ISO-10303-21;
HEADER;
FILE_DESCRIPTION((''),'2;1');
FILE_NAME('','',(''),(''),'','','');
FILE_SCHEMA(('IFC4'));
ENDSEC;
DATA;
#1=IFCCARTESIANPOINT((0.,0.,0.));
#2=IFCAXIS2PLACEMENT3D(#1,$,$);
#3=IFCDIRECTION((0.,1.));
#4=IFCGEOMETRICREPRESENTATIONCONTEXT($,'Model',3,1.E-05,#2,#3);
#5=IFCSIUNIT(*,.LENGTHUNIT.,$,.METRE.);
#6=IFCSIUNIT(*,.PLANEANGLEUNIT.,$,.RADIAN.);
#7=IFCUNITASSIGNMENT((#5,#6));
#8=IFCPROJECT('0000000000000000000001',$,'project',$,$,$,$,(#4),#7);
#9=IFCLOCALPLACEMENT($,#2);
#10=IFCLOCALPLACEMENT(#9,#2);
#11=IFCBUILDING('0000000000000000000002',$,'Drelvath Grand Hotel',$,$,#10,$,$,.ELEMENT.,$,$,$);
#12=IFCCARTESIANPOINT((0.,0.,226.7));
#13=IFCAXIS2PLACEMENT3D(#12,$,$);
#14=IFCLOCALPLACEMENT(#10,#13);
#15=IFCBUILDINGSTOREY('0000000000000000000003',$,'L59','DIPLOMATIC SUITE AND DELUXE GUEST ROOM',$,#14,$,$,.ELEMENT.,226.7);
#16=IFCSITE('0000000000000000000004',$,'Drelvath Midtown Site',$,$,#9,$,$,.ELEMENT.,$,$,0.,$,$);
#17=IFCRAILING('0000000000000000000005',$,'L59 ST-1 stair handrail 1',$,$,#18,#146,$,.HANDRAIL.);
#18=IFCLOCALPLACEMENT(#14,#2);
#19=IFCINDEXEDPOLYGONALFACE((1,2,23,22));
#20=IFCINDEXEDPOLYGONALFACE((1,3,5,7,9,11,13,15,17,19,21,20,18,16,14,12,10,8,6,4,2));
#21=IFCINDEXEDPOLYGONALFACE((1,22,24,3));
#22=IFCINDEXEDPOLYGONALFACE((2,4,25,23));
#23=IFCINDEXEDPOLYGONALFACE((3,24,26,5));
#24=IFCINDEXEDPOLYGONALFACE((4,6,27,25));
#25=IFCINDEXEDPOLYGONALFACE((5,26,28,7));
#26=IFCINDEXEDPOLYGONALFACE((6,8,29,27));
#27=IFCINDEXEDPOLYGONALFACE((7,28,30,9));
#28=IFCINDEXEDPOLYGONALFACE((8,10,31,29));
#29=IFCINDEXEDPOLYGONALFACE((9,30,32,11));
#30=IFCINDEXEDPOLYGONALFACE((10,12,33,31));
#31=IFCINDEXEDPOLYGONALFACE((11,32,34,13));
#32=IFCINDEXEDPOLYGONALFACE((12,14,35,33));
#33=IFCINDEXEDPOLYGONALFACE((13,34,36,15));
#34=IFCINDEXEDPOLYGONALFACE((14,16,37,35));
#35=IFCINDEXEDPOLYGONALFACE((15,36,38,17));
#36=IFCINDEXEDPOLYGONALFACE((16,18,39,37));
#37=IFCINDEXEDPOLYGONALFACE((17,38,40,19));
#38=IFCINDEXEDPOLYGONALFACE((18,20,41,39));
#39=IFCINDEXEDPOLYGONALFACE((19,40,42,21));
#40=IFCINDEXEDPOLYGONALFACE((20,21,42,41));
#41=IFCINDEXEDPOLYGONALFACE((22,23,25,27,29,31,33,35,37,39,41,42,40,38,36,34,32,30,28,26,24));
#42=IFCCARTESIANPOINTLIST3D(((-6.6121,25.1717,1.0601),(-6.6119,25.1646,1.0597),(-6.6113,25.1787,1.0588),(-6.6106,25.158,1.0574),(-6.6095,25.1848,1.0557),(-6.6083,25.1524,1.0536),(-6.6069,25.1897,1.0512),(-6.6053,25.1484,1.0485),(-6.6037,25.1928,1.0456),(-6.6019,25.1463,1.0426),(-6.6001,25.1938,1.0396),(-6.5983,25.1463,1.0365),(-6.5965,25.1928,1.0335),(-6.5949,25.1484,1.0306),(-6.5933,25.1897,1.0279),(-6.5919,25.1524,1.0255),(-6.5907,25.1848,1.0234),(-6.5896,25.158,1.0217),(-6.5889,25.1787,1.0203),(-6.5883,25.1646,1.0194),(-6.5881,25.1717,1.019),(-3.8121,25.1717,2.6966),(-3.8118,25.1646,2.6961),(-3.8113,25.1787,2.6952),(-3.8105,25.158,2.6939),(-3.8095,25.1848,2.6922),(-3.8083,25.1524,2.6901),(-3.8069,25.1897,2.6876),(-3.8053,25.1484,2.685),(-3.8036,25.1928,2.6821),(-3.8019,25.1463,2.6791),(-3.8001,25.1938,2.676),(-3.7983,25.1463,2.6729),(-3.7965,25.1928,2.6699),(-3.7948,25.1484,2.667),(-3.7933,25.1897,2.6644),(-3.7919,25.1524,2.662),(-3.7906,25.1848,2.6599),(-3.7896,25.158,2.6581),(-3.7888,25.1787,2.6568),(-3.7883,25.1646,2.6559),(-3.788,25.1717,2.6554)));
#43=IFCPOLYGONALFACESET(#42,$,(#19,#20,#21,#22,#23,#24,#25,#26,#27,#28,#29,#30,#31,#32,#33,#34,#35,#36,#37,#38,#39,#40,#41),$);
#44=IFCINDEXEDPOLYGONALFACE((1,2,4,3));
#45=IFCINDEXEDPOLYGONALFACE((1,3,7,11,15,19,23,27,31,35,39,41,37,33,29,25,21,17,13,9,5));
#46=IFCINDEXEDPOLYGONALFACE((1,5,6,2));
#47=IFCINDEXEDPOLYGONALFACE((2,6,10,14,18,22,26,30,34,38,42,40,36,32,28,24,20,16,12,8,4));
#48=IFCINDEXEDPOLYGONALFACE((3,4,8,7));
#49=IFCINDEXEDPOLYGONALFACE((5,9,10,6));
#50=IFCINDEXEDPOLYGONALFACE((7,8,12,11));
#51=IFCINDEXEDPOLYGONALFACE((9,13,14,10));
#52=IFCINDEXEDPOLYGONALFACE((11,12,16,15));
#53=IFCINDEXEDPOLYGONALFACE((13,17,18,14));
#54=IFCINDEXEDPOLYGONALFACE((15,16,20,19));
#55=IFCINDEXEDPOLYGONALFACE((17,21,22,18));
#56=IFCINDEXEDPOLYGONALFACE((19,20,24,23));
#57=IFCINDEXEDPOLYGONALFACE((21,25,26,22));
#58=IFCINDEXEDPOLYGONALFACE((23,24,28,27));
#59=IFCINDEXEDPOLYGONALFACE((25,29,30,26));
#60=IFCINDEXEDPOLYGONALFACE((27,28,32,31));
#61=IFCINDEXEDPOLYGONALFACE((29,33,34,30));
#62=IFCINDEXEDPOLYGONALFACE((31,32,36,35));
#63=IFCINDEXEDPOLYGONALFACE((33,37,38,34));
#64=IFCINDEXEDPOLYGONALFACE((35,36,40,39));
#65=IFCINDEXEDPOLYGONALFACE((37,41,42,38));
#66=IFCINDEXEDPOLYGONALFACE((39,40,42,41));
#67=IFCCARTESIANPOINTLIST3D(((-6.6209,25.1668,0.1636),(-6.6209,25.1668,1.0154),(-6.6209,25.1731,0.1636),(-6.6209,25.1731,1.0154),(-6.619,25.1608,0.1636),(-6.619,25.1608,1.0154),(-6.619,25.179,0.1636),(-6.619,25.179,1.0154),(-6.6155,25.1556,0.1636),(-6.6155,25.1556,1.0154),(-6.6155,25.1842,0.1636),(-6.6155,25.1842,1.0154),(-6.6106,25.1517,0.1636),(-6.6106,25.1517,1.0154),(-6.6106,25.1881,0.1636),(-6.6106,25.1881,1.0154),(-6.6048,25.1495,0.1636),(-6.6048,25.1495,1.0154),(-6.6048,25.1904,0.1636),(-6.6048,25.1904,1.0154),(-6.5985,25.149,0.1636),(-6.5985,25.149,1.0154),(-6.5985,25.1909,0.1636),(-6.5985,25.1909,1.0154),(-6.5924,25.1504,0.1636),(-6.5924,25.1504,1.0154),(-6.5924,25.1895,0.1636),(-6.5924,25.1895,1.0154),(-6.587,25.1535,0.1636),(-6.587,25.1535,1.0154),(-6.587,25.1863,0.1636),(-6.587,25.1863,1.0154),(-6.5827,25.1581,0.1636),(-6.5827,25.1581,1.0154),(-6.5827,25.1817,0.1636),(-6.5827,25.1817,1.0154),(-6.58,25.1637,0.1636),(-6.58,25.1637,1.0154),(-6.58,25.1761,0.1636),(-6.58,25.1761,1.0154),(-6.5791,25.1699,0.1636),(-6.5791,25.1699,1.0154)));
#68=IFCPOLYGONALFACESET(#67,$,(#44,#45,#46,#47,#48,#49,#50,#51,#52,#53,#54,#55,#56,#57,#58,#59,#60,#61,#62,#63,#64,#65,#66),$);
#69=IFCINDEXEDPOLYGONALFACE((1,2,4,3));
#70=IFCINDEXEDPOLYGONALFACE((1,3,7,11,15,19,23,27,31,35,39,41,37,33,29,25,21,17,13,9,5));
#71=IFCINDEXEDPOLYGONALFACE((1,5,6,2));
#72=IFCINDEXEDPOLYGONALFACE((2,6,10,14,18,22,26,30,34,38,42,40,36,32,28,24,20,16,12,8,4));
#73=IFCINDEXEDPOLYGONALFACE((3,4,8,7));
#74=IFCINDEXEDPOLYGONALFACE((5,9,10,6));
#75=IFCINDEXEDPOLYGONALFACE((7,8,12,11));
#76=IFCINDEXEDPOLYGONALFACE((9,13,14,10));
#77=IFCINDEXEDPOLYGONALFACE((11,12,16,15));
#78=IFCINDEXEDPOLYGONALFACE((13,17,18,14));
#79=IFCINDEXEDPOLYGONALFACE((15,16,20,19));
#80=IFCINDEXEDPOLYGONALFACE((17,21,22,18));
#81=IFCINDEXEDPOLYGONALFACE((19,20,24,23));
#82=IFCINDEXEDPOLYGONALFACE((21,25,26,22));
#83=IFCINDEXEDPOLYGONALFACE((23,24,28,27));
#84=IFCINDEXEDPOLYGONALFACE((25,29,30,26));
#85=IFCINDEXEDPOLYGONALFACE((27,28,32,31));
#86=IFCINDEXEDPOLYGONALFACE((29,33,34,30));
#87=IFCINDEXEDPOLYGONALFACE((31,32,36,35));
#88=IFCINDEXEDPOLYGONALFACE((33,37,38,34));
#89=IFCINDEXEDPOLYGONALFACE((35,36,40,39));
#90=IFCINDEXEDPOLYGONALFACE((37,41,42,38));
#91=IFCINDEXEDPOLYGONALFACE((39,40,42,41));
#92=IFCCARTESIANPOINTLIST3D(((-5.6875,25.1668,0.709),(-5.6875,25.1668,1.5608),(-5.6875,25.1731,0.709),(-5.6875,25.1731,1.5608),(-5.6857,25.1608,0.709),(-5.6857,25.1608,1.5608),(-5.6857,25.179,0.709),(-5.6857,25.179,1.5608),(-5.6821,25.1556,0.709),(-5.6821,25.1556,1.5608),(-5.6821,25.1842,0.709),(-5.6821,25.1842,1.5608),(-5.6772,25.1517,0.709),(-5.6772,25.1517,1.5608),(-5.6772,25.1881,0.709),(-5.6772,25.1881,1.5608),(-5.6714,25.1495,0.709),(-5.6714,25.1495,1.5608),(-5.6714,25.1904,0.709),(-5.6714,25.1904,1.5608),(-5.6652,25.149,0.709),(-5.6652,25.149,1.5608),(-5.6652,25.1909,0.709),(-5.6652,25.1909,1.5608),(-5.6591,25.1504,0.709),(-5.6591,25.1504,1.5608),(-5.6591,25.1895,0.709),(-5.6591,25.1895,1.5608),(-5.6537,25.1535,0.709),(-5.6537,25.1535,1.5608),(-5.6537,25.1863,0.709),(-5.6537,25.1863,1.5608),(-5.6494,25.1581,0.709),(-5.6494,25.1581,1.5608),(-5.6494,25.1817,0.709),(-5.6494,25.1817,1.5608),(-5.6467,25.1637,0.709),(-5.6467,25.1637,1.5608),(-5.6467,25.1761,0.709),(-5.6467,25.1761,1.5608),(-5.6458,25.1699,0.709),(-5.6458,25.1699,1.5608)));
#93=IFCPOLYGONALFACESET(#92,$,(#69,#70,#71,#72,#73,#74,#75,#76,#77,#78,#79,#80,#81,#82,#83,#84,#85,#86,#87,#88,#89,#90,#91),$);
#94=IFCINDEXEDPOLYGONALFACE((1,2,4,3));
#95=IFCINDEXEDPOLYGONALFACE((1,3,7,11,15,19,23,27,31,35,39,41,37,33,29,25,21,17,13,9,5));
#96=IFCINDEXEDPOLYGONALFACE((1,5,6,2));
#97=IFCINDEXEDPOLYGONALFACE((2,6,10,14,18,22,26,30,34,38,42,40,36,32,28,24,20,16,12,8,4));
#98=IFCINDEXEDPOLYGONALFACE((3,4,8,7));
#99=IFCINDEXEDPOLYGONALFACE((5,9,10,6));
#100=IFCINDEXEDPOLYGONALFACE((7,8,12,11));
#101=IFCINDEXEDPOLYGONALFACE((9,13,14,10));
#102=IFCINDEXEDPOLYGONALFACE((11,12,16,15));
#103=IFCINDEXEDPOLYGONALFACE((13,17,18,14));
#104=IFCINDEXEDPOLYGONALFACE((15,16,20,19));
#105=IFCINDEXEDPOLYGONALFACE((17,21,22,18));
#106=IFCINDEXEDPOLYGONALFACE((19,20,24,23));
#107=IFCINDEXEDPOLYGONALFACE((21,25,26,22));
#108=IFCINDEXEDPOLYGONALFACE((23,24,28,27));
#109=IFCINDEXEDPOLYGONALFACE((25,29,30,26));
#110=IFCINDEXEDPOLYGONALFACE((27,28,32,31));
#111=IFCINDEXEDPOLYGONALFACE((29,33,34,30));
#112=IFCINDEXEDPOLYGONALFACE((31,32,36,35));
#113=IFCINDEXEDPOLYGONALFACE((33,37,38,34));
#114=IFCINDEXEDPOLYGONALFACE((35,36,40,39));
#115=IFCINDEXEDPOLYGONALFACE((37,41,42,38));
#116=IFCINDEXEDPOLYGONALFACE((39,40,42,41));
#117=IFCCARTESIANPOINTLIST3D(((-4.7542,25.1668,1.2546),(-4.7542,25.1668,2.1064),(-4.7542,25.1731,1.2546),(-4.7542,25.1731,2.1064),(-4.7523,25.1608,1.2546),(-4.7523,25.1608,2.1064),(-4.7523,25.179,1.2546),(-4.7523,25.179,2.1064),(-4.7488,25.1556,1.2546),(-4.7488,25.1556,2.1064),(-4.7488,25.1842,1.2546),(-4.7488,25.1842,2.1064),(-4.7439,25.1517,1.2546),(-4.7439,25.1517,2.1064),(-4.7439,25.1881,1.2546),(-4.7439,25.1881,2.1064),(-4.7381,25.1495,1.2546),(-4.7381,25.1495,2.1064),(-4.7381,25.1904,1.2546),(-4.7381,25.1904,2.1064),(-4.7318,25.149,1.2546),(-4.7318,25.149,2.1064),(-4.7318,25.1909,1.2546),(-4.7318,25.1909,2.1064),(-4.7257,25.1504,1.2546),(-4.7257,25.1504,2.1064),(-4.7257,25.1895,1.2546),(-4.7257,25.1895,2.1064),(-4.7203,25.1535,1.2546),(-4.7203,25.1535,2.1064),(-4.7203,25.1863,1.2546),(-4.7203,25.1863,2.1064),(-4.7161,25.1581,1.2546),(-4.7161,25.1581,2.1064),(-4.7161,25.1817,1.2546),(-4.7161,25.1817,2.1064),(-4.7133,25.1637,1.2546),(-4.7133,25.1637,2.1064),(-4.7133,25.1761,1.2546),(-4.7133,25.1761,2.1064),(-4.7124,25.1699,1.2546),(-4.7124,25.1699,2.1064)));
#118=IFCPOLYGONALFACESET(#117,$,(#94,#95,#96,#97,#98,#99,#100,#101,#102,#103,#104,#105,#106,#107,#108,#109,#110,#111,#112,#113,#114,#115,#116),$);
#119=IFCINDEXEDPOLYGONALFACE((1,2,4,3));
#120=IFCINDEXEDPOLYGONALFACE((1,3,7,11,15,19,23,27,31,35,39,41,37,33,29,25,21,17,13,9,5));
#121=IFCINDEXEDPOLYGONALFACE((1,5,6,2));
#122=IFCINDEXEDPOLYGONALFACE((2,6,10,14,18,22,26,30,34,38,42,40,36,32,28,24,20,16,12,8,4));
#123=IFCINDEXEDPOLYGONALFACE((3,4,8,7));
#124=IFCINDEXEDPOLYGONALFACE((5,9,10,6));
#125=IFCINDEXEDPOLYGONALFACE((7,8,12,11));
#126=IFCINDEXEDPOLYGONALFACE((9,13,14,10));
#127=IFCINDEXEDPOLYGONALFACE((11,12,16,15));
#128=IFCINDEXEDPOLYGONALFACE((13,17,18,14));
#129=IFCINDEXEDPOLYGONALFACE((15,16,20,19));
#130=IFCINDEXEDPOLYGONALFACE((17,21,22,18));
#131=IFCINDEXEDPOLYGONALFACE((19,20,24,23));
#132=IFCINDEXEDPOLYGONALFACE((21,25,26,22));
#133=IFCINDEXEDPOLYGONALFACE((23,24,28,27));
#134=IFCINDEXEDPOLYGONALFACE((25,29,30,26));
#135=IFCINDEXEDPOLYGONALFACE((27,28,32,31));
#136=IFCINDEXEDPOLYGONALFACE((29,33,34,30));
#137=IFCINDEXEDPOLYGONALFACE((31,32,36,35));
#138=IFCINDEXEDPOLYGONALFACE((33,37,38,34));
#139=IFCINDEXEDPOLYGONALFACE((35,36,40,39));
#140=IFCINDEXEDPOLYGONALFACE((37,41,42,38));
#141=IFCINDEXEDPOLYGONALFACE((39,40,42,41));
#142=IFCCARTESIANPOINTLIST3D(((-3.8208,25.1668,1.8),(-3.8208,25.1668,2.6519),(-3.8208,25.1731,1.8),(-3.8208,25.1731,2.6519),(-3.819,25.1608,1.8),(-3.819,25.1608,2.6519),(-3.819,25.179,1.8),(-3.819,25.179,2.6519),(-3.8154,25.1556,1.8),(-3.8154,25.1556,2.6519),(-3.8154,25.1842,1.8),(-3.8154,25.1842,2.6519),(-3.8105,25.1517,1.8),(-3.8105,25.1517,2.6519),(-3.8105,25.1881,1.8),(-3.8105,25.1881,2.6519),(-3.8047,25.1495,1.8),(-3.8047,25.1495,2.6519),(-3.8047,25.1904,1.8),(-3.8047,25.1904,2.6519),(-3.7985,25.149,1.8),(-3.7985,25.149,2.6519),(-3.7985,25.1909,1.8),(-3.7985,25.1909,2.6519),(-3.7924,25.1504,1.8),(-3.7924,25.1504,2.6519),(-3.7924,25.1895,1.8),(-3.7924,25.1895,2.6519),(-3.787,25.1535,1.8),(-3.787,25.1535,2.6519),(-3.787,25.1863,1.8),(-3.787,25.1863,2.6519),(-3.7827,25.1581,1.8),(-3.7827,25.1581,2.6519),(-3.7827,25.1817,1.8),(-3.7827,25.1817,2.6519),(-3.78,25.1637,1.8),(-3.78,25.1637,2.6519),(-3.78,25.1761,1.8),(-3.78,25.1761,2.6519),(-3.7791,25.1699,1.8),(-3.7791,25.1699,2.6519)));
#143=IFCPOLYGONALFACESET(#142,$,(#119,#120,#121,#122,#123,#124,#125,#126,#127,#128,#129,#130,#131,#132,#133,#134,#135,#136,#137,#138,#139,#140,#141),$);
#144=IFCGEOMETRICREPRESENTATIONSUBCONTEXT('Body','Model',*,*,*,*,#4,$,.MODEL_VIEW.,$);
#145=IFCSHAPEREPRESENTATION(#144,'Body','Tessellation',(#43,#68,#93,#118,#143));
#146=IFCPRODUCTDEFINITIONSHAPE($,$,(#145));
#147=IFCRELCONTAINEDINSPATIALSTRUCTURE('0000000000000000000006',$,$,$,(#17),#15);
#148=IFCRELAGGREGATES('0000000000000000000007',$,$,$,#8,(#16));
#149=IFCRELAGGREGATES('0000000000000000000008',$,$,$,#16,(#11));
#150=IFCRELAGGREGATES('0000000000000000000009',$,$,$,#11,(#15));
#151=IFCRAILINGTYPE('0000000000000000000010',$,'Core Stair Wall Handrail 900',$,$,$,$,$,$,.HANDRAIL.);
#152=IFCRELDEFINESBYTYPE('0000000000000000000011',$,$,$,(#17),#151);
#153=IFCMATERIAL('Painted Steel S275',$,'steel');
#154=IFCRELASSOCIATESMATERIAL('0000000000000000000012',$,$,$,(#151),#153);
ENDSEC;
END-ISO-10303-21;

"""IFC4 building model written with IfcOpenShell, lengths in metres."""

from ifc_helpers import new_model, si_unit, direction, frame, origin, origin_2d, place, context, subcontext, project, spatial, circle, extrude, material, type_object, element, save


model = new_model("IFC4")

# Units and contexts
model_context = context("Model", 3, precision=1e-05, world=origin(), true_north=direction((0.0, 1.0)))
body_context = subcontext(model_context, "Body", "Model", "MODEL_VIEW")
ifc_project = project(units=[si_unit("LENGTHUNIT", "METRE"), si_unit("PLANEANGLEUNIT", "RADIAN")], contexts=[model_context])

# Site, building, storey
site_placement = place(None, origin())
site = spatial("IfcSite", under=ifc_project, at=site_placement, Name="Drelvath Midtown Site", CompositionType="ELEMENT", RefElevation=0.0)
building_placement = place(site_placement, origin())
building = spatial("IfcBuilding", under=site, at=building_placement, Name="Drelvath Grand Hotel", CompositionType="ELEMENT")
storey_placement = place(building_placement, frame((0.0, 0.0, 226.7)))
storey = spatial("IfcBuildingStorey", under=building, at=storey_placement, Name="L59", Description="DIPLOMATIC SUITE AND DELUXE GUEST ROOM", CompositionType="ELEMENT", Elevation=226.7)

# Shared definitions
ifc_material_1 = material(Name="Painted Steel S275", Category="steel")

# Railing
railing_type_1 = type_object("IfcRailingType", Name="Core Stair Wall Handrail 900", PredefinedType="HANDRAIL", material=ifc_material_1)
railing_1_placement = place(storey_placement, frame((-6.6001, 25.1699, 0.1636)))
element("IfcRailing", 1, at=railing_1_placement, inside=storey, type_object=railing_type_1, Name="L59 ST-1 stair handrail 1", PredefinedType="HANDRAIL", context=body_context, shape_type="SweptSolid", body=[
    extrude(circle(Radius=0.0239, at=origin_2d()), frame((0.0, 0.0, 0.876), z_axis=(0.863361, 0.0, 0.504587), x_axis=(0.0, 1.0, 0.0)), (0.0, 0.0, 1.0), 3.2432),
    extrude(circle(Radius=0.021, at=origin_2d()), origin(), (0.0, 0.0, 1.0), 0.8518),
    extrude(circle(Radius=0.021, at=origin_2d()), frame((0.9333, 0.0, 0.5454)), (0.0, 0.0, 1.0), 0.8518),
    extrude(circle(Radius=0.021, at=origin_2d()), frame((1.8667, 0.0, 1.0911)), (0.0, 0.0, 1.0), 0.8518),
    extrude(circle(Radius=0.021, at=origin_2d()), frame((2.8, 0.0, 1.6365)), (0.0, 0.0, 1.0), 0.8518),
])

save(model, "model.ifc")
